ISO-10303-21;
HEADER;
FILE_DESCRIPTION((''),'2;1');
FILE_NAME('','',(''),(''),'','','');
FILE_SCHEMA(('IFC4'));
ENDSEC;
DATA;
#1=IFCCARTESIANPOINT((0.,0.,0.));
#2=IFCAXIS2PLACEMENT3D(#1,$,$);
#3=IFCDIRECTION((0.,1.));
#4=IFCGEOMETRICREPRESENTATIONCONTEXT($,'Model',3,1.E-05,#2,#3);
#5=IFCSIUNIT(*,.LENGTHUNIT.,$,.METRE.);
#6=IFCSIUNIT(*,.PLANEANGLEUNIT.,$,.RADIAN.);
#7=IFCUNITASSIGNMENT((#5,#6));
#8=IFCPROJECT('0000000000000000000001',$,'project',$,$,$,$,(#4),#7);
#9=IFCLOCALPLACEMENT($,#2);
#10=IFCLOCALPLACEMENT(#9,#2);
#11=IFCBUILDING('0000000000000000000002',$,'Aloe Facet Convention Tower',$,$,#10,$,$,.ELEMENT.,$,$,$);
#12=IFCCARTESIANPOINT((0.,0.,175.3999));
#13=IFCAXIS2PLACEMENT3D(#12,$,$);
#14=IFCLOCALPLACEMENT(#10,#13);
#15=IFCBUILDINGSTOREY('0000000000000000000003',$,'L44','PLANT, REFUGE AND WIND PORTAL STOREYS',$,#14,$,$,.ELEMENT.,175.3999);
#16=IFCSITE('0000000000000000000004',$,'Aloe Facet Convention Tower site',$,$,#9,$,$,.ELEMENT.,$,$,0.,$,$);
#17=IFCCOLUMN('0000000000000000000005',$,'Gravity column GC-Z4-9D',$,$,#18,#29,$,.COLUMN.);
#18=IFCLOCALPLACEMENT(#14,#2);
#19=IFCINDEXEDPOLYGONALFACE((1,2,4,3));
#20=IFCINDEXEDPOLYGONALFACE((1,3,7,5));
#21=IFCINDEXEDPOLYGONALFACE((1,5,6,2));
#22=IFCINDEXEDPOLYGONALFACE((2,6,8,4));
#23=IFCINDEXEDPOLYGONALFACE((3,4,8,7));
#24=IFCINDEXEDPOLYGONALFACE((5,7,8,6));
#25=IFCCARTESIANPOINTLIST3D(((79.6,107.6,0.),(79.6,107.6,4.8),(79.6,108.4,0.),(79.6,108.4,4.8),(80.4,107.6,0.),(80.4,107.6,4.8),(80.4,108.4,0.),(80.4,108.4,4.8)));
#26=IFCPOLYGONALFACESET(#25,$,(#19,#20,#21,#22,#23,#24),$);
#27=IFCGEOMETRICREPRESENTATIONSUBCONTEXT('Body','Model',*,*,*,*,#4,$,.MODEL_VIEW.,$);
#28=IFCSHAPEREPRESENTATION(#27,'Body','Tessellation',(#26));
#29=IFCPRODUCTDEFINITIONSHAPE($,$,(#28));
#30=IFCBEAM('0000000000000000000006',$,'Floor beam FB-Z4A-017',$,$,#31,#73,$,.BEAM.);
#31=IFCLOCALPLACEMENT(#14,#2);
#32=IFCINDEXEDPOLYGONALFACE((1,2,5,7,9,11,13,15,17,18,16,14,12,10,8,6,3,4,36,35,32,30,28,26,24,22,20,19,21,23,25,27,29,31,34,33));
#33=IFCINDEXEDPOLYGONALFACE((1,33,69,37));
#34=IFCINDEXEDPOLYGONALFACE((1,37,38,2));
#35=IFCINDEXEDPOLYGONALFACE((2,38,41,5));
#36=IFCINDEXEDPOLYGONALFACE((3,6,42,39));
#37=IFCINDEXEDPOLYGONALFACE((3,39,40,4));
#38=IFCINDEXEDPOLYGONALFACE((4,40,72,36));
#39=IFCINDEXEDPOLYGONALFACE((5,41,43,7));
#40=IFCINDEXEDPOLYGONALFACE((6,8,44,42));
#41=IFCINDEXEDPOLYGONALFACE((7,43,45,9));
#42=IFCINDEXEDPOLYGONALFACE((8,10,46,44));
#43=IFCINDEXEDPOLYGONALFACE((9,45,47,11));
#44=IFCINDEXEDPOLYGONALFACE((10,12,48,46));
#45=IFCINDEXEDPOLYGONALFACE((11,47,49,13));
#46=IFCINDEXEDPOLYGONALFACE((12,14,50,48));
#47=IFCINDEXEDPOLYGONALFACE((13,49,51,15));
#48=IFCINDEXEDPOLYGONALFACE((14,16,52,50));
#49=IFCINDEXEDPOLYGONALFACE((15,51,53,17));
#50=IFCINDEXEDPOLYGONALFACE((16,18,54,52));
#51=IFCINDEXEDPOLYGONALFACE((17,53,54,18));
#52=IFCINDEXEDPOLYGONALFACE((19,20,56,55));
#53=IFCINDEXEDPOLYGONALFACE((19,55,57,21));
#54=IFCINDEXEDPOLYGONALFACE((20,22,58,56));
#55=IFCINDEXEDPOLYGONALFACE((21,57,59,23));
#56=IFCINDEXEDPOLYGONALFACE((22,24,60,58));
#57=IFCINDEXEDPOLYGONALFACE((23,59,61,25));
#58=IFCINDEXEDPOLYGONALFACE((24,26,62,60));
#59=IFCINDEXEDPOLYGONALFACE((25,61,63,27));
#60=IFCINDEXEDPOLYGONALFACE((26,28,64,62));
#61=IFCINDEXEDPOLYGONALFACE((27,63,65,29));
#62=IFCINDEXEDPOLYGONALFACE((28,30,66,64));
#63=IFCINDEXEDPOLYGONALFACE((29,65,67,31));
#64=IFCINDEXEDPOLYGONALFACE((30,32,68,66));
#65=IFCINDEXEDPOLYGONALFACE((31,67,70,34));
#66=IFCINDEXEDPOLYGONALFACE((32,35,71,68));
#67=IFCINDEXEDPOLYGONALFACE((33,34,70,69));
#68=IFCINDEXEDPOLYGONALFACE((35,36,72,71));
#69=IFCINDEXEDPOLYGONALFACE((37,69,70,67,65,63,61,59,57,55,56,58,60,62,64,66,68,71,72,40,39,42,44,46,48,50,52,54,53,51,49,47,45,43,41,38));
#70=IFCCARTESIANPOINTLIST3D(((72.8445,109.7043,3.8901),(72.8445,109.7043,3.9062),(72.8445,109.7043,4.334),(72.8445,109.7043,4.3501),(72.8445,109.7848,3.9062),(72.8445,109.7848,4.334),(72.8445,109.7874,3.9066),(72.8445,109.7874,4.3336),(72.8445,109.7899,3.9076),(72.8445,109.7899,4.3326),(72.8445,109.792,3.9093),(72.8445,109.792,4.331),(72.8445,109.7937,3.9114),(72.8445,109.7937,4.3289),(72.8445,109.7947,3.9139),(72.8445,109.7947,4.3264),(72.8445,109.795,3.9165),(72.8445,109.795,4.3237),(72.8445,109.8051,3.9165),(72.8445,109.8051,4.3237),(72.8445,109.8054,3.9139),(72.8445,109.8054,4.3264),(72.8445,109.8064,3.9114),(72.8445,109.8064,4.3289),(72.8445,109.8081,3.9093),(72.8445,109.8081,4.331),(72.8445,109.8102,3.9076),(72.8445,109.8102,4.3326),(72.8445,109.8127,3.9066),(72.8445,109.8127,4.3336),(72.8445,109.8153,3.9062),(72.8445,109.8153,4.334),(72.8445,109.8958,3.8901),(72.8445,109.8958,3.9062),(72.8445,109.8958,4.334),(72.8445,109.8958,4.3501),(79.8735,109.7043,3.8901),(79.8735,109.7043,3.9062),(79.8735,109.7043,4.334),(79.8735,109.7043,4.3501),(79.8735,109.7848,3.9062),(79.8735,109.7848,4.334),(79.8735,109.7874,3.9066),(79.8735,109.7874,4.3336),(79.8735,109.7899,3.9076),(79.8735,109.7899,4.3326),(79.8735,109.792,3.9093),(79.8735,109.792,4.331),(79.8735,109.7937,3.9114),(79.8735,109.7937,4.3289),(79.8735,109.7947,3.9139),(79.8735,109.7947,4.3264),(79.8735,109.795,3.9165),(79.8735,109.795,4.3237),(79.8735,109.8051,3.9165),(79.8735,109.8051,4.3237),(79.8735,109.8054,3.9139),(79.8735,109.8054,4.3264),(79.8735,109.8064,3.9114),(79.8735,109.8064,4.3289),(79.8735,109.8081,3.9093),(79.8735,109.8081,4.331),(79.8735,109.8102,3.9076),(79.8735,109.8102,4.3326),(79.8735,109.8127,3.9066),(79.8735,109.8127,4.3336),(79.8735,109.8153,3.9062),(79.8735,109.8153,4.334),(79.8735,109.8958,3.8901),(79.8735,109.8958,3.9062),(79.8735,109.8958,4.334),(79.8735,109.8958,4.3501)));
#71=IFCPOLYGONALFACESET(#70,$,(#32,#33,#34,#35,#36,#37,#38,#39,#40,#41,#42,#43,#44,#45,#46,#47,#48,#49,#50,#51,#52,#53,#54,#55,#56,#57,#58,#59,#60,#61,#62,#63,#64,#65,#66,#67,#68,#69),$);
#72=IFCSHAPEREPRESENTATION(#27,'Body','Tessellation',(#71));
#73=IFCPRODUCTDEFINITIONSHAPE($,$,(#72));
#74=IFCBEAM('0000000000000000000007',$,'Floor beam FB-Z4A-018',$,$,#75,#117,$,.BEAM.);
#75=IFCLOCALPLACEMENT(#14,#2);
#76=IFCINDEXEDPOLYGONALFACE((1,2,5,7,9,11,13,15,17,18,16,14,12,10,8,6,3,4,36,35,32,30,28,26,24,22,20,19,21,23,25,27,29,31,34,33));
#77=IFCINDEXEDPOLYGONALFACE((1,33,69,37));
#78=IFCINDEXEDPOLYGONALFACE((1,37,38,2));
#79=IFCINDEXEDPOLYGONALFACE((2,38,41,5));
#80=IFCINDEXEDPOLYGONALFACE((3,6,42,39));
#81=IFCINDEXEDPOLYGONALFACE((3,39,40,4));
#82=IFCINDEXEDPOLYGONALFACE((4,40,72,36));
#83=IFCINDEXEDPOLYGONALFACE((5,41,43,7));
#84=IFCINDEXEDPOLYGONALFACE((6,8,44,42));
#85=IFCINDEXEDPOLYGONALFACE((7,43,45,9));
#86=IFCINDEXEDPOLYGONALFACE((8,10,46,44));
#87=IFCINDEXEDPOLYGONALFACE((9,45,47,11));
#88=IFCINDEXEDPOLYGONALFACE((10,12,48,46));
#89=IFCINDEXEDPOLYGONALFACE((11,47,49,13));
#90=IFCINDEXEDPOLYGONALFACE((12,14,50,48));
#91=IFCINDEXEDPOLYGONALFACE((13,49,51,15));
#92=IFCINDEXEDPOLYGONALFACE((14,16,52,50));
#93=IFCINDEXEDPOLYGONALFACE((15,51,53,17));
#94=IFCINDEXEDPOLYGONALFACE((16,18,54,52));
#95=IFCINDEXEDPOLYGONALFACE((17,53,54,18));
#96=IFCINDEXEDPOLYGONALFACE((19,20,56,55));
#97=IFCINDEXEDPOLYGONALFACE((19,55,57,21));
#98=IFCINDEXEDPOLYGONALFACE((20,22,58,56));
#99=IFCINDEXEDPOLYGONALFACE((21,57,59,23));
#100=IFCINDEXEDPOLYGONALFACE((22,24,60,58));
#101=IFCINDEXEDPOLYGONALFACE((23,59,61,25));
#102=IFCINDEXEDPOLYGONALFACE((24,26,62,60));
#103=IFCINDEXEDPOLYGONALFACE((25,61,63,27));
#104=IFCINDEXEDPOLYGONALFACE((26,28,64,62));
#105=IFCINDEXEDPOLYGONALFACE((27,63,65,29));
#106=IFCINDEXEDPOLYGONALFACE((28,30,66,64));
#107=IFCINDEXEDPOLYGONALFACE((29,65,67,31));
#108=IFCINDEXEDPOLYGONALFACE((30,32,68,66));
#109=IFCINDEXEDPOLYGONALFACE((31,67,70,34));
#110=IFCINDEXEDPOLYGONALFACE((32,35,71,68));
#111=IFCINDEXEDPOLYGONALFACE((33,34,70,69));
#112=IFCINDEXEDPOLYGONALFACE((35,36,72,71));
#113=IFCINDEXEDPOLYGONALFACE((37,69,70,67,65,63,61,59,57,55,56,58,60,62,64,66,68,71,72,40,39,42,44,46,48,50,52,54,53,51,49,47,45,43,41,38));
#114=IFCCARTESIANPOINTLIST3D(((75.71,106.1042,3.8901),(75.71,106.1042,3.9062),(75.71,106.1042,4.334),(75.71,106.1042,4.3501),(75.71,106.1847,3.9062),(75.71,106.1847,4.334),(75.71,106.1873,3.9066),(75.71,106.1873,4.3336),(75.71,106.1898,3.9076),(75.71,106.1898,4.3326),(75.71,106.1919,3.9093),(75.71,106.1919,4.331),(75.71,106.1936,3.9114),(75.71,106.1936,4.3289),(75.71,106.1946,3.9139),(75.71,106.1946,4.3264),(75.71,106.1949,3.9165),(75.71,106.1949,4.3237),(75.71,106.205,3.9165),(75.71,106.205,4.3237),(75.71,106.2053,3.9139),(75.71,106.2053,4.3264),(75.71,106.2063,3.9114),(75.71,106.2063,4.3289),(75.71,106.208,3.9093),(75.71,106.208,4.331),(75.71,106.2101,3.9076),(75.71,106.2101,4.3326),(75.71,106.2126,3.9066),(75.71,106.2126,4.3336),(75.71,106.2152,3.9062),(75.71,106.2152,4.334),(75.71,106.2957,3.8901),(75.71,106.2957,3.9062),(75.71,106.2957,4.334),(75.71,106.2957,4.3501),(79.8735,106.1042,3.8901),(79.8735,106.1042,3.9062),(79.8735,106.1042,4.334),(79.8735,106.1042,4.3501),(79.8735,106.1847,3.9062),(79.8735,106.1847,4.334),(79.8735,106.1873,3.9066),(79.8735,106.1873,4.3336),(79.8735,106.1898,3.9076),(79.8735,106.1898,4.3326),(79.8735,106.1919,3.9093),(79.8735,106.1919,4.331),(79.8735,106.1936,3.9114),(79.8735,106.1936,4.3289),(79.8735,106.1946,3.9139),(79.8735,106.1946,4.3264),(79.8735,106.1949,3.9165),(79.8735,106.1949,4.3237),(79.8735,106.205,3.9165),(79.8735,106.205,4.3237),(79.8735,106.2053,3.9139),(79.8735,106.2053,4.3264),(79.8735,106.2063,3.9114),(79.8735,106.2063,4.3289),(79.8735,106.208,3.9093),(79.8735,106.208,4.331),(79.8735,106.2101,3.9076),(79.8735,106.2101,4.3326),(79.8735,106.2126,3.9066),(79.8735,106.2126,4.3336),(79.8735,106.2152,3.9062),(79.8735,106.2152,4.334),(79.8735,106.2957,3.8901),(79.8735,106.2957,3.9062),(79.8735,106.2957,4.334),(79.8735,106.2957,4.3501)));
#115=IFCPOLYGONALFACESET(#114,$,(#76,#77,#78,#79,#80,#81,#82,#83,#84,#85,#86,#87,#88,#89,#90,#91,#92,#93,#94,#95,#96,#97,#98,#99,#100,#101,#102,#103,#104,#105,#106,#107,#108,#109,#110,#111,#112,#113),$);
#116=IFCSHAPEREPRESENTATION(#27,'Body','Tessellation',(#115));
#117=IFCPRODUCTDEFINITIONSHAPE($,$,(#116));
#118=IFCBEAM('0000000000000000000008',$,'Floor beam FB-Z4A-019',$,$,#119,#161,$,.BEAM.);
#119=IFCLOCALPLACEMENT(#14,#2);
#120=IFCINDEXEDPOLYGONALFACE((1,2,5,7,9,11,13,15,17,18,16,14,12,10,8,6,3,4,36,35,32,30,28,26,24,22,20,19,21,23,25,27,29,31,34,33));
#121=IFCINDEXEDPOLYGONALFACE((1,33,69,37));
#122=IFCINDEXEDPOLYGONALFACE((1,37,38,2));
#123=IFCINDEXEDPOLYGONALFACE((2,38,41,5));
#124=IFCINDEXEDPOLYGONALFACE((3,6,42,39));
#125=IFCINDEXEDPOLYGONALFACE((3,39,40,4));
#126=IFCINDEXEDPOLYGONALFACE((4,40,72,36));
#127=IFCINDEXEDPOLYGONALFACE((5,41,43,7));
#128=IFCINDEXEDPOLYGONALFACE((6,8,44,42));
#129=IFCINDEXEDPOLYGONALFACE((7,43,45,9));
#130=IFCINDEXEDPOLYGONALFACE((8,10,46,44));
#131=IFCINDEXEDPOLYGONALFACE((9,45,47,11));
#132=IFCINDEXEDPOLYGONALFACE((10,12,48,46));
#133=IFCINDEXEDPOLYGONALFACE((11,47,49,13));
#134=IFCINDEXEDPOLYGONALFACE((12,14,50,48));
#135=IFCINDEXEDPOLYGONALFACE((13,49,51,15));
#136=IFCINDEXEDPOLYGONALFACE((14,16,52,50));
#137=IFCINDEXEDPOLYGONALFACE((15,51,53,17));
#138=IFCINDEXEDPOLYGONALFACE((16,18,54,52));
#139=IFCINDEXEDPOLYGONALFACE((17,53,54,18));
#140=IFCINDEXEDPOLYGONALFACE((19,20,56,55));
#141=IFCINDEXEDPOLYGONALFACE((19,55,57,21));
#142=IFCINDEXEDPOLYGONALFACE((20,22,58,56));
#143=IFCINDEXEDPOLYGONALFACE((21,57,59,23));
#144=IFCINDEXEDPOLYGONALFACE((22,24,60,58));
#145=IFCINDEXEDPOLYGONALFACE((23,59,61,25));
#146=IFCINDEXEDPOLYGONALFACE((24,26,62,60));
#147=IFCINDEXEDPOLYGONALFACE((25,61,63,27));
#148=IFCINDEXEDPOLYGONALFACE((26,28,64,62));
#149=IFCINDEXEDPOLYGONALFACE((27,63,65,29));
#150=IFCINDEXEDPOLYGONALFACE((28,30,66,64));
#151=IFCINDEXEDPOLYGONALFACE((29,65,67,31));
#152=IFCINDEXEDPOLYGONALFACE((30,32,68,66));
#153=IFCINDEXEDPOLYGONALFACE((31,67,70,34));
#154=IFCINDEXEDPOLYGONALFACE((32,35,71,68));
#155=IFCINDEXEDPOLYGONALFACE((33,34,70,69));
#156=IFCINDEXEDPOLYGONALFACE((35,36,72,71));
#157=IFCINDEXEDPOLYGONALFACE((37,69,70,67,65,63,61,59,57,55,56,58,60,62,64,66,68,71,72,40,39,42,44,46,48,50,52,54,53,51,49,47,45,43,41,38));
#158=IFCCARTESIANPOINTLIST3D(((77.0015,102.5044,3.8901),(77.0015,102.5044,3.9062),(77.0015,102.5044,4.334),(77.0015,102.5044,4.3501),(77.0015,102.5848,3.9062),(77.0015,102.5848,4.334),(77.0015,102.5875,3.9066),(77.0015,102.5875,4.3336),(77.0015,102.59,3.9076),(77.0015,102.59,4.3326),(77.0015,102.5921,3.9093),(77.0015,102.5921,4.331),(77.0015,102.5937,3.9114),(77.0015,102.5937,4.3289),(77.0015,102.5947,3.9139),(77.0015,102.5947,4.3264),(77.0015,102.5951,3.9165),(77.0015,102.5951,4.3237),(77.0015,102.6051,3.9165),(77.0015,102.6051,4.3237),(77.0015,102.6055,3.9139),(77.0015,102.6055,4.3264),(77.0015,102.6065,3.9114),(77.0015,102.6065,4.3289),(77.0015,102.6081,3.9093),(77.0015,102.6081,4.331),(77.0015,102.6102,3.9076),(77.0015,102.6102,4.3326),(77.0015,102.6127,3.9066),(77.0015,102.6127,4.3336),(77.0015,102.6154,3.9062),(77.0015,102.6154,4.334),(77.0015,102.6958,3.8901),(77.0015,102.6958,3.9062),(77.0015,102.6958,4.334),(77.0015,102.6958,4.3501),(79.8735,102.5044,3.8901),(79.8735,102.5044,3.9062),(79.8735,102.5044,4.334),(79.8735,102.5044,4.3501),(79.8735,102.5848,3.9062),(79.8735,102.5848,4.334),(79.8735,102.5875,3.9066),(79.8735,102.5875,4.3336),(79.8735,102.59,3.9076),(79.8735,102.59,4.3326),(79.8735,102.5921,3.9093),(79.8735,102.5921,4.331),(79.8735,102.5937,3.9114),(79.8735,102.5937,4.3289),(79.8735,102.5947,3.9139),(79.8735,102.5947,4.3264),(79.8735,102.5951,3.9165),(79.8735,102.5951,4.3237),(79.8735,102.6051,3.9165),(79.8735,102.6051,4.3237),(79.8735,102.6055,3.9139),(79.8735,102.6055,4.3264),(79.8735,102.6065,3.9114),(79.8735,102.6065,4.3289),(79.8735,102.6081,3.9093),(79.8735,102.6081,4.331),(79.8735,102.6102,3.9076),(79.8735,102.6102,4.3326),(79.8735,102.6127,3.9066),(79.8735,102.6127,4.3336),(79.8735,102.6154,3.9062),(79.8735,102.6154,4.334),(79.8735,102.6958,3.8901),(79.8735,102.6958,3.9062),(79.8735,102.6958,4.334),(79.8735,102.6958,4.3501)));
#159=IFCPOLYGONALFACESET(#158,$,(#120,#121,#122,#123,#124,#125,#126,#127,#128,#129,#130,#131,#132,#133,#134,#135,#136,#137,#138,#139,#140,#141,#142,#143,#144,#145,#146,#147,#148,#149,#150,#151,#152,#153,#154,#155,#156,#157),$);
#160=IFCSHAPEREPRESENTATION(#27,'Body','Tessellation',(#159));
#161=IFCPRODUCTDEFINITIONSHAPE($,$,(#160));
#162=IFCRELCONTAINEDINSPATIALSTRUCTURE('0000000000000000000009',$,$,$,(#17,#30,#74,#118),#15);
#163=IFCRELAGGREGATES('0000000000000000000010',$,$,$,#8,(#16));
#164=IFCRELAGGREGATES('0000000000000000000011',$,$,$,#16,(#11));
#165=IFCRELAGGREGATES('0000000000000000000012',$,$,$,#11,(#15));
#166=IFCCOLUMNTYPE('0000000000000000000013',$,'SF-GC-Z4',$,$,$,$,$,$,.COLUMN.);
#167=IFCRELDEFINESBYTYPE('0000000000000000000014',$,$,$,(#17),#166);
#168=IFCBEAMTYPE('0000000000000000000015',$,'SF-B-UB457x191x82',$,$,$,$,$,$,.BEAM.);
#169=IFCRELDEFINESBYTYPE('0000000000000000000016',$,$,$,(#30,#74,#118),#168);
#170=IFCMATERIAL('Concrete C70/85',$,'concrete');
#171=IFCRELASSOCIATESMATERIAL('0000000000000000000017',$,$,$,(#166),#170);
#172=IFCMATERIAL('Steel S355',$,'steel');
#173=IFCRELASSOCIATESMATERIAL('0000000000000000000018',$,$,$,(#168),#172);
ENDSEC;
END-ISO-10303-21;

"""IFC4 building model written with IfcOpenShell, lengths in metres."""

from ifc_helpers import new_model, si_unit, direction, frame, origin, origin_2d, place, context, subcontext, project, spatial, rectangle, i_section, extrude, material, material_profile, profile_set, type_object, element, save


model = new_model("IFC4")

# Units and contexts
model_context = context("Model", 3, precision=1e-05, world=origin(), true_north=direction((0.0, 1.0)))
body_context = subcontext(model_context, "Body", "Model", "MODEL_VIEW")
ifc_project = project(units=[si_unit("LENGTHUNIT", "METRE"), si_unit("PLANEANGLEUNIT", "RADIAN")], contexts=[model_context])

# Site, building, storey
site_placement = place(None, origin())
site = spatial("IfcSite", under=ifc_project, at=site_placement, Name="Aloe Facet Convention Tower site", CompositionType="ELEMENT", RefElevation=0.0)
building_placement = place(site_placement, origin())
building = spatial("IfcBuilding", under=site, at=building_placement, Name="Aloe Facet Convention Tower", CompositionType="ELEMENT")
storey_placement = place(building_placement, frame((0.0, 0.0, 175.3999)))
storey = spatial("IfcBuildingStorey", under=building, at=storey_placement, Name="L44", Description="PLANT, REFUGE AND WIND PORTAL STOREYS", CompositionType="ELEMENT", Elevation=175.3999)

# Column
ifc_material_1 = material(Name="Concrete C70/85", Category="concrete")
ifc_material_profile_1 = material_profile(ifc_material_1, rectangle(XDim=0.8, YDim=0.8, at=origin_2d()), Name="SF-GC-Z4")
ifc_profile_set_1 = profile_set([ifc_material_profile_1], Name="Concrete C70/85")
column_type = type_object("IfcColumnType", Name="SF-GC-Z4", PredefinedType="COLUMN", material=ifc_profile_set_1)
column_placement = place(storey_placement, frame((80.0, 108.0, 0.0), z_axis=(0.0, 0.0, 1.0), x_axis=(1.0, 0.0, 0.0)))
element("IfcColumn", 1, at=column_placement, inside=storey, type_object=column_type, Name="Gravity column GC-Z4-9D", PredefinedType="COLUMN", context=body_context, shape_type="SweptSolid", body=[
    extrude(rectangle(XDim=0.8, YDim=0.8, at=origin_2d()), origin(), (0.0, 0.0, 1.0), 4.8),
])

# Beams
ifc_material_2 = material(Name="Steel S355", Category="steel")
ifc_material_profile_2 = material_profile(ifc_material_2, i_section(OverallWidth=0.1914, OverallDepth=0.46, WebThickness=0.01, FlangeThickness=0.0161, FilletRadius=0.0103, at=origin_2d()), Name="UB 457x191x82")
ifc_profile_set_2 = profile_set([ifc_material_profile_2], Name="Steel S355")
beam_type_1 = type_object("IfcBeamType", Name="SF-B-UB457x191x82", PredefinedType="BEAM", material=ifc_profile_set_2)
beam_1_placement = place(storey_placement, frame((72.8445, 109.8, 4.1201), z_axis=(1.0, 0.0, 0.0), x_axis=(0.0, 1.0, 0.0)))
element("IfcBeam", 2, at=beam_1_placement, inside=storey, type_object=beam_type_1, Name="Floor beam FB-Z4A-017", PredefinedType="BEAM", context=body_context, shape_type="SweptSolid", body=[
    extrude(i_section(OverallWidth=0.1914, OverallDepth=0.46, WebThickness=0.01, FlangeThickness=0.0161, FilletRadius=0.0103, at=origin_2d()), origin(), (0.0, 0.0, 1.0), 7.0291),
])
beam_2_placement = place(storey_placement, frame((75.71, 106.2, 4.1201), z_axis=(1.0, 0.0, 0.0), x_axis=(0.0, 1.0, 0.0)))
element("IfcBeam", 3, at=beam_2_placement, inside=storey, type_object=beam_type_1, Name="Floor beam FB-Z4A-018", PredefinedType="BEAM", context=body_context, shape_type="SweptSolid", body=[
    extrude(i_section(OverallWidth=0.1914, OverallDepth=0.46, WebThickness=0.01, FlangeThickness=0.0161, FilletRadius=0.0103, at=origin_2d()), origin(), (0.0, 0.0, 1.0), 4.1636),
])
for number, where, z_axis, x_axis, name in (
    (4, (77.0015, 102.6001, 4.1201), (1.0, 0.0, 0.0), (0.0, 1.0, 0.0), "Floor beam FB-Z4A-019"),
):
    element("IfcBeam", number, at=place(storey_placement, frame(where, z_axis=z_axis, x_axis=x_axis)), inside=storey, type_object=beam_type_1, Name=name, PredefinedType="BEAM", context=body_context, shape_type="SweptSolid", body=[
        extrude(i_section(OverallWidth=0.1914, OverallDepth=0.46, WebThickness=0.01, FlangeThickness=0.0161, FilletRadius=0.0103, at=origin_2d()), origin(), (0.0, 0.0, 1.0), 2.8721),
    ])

save(model, "model.ifc")
